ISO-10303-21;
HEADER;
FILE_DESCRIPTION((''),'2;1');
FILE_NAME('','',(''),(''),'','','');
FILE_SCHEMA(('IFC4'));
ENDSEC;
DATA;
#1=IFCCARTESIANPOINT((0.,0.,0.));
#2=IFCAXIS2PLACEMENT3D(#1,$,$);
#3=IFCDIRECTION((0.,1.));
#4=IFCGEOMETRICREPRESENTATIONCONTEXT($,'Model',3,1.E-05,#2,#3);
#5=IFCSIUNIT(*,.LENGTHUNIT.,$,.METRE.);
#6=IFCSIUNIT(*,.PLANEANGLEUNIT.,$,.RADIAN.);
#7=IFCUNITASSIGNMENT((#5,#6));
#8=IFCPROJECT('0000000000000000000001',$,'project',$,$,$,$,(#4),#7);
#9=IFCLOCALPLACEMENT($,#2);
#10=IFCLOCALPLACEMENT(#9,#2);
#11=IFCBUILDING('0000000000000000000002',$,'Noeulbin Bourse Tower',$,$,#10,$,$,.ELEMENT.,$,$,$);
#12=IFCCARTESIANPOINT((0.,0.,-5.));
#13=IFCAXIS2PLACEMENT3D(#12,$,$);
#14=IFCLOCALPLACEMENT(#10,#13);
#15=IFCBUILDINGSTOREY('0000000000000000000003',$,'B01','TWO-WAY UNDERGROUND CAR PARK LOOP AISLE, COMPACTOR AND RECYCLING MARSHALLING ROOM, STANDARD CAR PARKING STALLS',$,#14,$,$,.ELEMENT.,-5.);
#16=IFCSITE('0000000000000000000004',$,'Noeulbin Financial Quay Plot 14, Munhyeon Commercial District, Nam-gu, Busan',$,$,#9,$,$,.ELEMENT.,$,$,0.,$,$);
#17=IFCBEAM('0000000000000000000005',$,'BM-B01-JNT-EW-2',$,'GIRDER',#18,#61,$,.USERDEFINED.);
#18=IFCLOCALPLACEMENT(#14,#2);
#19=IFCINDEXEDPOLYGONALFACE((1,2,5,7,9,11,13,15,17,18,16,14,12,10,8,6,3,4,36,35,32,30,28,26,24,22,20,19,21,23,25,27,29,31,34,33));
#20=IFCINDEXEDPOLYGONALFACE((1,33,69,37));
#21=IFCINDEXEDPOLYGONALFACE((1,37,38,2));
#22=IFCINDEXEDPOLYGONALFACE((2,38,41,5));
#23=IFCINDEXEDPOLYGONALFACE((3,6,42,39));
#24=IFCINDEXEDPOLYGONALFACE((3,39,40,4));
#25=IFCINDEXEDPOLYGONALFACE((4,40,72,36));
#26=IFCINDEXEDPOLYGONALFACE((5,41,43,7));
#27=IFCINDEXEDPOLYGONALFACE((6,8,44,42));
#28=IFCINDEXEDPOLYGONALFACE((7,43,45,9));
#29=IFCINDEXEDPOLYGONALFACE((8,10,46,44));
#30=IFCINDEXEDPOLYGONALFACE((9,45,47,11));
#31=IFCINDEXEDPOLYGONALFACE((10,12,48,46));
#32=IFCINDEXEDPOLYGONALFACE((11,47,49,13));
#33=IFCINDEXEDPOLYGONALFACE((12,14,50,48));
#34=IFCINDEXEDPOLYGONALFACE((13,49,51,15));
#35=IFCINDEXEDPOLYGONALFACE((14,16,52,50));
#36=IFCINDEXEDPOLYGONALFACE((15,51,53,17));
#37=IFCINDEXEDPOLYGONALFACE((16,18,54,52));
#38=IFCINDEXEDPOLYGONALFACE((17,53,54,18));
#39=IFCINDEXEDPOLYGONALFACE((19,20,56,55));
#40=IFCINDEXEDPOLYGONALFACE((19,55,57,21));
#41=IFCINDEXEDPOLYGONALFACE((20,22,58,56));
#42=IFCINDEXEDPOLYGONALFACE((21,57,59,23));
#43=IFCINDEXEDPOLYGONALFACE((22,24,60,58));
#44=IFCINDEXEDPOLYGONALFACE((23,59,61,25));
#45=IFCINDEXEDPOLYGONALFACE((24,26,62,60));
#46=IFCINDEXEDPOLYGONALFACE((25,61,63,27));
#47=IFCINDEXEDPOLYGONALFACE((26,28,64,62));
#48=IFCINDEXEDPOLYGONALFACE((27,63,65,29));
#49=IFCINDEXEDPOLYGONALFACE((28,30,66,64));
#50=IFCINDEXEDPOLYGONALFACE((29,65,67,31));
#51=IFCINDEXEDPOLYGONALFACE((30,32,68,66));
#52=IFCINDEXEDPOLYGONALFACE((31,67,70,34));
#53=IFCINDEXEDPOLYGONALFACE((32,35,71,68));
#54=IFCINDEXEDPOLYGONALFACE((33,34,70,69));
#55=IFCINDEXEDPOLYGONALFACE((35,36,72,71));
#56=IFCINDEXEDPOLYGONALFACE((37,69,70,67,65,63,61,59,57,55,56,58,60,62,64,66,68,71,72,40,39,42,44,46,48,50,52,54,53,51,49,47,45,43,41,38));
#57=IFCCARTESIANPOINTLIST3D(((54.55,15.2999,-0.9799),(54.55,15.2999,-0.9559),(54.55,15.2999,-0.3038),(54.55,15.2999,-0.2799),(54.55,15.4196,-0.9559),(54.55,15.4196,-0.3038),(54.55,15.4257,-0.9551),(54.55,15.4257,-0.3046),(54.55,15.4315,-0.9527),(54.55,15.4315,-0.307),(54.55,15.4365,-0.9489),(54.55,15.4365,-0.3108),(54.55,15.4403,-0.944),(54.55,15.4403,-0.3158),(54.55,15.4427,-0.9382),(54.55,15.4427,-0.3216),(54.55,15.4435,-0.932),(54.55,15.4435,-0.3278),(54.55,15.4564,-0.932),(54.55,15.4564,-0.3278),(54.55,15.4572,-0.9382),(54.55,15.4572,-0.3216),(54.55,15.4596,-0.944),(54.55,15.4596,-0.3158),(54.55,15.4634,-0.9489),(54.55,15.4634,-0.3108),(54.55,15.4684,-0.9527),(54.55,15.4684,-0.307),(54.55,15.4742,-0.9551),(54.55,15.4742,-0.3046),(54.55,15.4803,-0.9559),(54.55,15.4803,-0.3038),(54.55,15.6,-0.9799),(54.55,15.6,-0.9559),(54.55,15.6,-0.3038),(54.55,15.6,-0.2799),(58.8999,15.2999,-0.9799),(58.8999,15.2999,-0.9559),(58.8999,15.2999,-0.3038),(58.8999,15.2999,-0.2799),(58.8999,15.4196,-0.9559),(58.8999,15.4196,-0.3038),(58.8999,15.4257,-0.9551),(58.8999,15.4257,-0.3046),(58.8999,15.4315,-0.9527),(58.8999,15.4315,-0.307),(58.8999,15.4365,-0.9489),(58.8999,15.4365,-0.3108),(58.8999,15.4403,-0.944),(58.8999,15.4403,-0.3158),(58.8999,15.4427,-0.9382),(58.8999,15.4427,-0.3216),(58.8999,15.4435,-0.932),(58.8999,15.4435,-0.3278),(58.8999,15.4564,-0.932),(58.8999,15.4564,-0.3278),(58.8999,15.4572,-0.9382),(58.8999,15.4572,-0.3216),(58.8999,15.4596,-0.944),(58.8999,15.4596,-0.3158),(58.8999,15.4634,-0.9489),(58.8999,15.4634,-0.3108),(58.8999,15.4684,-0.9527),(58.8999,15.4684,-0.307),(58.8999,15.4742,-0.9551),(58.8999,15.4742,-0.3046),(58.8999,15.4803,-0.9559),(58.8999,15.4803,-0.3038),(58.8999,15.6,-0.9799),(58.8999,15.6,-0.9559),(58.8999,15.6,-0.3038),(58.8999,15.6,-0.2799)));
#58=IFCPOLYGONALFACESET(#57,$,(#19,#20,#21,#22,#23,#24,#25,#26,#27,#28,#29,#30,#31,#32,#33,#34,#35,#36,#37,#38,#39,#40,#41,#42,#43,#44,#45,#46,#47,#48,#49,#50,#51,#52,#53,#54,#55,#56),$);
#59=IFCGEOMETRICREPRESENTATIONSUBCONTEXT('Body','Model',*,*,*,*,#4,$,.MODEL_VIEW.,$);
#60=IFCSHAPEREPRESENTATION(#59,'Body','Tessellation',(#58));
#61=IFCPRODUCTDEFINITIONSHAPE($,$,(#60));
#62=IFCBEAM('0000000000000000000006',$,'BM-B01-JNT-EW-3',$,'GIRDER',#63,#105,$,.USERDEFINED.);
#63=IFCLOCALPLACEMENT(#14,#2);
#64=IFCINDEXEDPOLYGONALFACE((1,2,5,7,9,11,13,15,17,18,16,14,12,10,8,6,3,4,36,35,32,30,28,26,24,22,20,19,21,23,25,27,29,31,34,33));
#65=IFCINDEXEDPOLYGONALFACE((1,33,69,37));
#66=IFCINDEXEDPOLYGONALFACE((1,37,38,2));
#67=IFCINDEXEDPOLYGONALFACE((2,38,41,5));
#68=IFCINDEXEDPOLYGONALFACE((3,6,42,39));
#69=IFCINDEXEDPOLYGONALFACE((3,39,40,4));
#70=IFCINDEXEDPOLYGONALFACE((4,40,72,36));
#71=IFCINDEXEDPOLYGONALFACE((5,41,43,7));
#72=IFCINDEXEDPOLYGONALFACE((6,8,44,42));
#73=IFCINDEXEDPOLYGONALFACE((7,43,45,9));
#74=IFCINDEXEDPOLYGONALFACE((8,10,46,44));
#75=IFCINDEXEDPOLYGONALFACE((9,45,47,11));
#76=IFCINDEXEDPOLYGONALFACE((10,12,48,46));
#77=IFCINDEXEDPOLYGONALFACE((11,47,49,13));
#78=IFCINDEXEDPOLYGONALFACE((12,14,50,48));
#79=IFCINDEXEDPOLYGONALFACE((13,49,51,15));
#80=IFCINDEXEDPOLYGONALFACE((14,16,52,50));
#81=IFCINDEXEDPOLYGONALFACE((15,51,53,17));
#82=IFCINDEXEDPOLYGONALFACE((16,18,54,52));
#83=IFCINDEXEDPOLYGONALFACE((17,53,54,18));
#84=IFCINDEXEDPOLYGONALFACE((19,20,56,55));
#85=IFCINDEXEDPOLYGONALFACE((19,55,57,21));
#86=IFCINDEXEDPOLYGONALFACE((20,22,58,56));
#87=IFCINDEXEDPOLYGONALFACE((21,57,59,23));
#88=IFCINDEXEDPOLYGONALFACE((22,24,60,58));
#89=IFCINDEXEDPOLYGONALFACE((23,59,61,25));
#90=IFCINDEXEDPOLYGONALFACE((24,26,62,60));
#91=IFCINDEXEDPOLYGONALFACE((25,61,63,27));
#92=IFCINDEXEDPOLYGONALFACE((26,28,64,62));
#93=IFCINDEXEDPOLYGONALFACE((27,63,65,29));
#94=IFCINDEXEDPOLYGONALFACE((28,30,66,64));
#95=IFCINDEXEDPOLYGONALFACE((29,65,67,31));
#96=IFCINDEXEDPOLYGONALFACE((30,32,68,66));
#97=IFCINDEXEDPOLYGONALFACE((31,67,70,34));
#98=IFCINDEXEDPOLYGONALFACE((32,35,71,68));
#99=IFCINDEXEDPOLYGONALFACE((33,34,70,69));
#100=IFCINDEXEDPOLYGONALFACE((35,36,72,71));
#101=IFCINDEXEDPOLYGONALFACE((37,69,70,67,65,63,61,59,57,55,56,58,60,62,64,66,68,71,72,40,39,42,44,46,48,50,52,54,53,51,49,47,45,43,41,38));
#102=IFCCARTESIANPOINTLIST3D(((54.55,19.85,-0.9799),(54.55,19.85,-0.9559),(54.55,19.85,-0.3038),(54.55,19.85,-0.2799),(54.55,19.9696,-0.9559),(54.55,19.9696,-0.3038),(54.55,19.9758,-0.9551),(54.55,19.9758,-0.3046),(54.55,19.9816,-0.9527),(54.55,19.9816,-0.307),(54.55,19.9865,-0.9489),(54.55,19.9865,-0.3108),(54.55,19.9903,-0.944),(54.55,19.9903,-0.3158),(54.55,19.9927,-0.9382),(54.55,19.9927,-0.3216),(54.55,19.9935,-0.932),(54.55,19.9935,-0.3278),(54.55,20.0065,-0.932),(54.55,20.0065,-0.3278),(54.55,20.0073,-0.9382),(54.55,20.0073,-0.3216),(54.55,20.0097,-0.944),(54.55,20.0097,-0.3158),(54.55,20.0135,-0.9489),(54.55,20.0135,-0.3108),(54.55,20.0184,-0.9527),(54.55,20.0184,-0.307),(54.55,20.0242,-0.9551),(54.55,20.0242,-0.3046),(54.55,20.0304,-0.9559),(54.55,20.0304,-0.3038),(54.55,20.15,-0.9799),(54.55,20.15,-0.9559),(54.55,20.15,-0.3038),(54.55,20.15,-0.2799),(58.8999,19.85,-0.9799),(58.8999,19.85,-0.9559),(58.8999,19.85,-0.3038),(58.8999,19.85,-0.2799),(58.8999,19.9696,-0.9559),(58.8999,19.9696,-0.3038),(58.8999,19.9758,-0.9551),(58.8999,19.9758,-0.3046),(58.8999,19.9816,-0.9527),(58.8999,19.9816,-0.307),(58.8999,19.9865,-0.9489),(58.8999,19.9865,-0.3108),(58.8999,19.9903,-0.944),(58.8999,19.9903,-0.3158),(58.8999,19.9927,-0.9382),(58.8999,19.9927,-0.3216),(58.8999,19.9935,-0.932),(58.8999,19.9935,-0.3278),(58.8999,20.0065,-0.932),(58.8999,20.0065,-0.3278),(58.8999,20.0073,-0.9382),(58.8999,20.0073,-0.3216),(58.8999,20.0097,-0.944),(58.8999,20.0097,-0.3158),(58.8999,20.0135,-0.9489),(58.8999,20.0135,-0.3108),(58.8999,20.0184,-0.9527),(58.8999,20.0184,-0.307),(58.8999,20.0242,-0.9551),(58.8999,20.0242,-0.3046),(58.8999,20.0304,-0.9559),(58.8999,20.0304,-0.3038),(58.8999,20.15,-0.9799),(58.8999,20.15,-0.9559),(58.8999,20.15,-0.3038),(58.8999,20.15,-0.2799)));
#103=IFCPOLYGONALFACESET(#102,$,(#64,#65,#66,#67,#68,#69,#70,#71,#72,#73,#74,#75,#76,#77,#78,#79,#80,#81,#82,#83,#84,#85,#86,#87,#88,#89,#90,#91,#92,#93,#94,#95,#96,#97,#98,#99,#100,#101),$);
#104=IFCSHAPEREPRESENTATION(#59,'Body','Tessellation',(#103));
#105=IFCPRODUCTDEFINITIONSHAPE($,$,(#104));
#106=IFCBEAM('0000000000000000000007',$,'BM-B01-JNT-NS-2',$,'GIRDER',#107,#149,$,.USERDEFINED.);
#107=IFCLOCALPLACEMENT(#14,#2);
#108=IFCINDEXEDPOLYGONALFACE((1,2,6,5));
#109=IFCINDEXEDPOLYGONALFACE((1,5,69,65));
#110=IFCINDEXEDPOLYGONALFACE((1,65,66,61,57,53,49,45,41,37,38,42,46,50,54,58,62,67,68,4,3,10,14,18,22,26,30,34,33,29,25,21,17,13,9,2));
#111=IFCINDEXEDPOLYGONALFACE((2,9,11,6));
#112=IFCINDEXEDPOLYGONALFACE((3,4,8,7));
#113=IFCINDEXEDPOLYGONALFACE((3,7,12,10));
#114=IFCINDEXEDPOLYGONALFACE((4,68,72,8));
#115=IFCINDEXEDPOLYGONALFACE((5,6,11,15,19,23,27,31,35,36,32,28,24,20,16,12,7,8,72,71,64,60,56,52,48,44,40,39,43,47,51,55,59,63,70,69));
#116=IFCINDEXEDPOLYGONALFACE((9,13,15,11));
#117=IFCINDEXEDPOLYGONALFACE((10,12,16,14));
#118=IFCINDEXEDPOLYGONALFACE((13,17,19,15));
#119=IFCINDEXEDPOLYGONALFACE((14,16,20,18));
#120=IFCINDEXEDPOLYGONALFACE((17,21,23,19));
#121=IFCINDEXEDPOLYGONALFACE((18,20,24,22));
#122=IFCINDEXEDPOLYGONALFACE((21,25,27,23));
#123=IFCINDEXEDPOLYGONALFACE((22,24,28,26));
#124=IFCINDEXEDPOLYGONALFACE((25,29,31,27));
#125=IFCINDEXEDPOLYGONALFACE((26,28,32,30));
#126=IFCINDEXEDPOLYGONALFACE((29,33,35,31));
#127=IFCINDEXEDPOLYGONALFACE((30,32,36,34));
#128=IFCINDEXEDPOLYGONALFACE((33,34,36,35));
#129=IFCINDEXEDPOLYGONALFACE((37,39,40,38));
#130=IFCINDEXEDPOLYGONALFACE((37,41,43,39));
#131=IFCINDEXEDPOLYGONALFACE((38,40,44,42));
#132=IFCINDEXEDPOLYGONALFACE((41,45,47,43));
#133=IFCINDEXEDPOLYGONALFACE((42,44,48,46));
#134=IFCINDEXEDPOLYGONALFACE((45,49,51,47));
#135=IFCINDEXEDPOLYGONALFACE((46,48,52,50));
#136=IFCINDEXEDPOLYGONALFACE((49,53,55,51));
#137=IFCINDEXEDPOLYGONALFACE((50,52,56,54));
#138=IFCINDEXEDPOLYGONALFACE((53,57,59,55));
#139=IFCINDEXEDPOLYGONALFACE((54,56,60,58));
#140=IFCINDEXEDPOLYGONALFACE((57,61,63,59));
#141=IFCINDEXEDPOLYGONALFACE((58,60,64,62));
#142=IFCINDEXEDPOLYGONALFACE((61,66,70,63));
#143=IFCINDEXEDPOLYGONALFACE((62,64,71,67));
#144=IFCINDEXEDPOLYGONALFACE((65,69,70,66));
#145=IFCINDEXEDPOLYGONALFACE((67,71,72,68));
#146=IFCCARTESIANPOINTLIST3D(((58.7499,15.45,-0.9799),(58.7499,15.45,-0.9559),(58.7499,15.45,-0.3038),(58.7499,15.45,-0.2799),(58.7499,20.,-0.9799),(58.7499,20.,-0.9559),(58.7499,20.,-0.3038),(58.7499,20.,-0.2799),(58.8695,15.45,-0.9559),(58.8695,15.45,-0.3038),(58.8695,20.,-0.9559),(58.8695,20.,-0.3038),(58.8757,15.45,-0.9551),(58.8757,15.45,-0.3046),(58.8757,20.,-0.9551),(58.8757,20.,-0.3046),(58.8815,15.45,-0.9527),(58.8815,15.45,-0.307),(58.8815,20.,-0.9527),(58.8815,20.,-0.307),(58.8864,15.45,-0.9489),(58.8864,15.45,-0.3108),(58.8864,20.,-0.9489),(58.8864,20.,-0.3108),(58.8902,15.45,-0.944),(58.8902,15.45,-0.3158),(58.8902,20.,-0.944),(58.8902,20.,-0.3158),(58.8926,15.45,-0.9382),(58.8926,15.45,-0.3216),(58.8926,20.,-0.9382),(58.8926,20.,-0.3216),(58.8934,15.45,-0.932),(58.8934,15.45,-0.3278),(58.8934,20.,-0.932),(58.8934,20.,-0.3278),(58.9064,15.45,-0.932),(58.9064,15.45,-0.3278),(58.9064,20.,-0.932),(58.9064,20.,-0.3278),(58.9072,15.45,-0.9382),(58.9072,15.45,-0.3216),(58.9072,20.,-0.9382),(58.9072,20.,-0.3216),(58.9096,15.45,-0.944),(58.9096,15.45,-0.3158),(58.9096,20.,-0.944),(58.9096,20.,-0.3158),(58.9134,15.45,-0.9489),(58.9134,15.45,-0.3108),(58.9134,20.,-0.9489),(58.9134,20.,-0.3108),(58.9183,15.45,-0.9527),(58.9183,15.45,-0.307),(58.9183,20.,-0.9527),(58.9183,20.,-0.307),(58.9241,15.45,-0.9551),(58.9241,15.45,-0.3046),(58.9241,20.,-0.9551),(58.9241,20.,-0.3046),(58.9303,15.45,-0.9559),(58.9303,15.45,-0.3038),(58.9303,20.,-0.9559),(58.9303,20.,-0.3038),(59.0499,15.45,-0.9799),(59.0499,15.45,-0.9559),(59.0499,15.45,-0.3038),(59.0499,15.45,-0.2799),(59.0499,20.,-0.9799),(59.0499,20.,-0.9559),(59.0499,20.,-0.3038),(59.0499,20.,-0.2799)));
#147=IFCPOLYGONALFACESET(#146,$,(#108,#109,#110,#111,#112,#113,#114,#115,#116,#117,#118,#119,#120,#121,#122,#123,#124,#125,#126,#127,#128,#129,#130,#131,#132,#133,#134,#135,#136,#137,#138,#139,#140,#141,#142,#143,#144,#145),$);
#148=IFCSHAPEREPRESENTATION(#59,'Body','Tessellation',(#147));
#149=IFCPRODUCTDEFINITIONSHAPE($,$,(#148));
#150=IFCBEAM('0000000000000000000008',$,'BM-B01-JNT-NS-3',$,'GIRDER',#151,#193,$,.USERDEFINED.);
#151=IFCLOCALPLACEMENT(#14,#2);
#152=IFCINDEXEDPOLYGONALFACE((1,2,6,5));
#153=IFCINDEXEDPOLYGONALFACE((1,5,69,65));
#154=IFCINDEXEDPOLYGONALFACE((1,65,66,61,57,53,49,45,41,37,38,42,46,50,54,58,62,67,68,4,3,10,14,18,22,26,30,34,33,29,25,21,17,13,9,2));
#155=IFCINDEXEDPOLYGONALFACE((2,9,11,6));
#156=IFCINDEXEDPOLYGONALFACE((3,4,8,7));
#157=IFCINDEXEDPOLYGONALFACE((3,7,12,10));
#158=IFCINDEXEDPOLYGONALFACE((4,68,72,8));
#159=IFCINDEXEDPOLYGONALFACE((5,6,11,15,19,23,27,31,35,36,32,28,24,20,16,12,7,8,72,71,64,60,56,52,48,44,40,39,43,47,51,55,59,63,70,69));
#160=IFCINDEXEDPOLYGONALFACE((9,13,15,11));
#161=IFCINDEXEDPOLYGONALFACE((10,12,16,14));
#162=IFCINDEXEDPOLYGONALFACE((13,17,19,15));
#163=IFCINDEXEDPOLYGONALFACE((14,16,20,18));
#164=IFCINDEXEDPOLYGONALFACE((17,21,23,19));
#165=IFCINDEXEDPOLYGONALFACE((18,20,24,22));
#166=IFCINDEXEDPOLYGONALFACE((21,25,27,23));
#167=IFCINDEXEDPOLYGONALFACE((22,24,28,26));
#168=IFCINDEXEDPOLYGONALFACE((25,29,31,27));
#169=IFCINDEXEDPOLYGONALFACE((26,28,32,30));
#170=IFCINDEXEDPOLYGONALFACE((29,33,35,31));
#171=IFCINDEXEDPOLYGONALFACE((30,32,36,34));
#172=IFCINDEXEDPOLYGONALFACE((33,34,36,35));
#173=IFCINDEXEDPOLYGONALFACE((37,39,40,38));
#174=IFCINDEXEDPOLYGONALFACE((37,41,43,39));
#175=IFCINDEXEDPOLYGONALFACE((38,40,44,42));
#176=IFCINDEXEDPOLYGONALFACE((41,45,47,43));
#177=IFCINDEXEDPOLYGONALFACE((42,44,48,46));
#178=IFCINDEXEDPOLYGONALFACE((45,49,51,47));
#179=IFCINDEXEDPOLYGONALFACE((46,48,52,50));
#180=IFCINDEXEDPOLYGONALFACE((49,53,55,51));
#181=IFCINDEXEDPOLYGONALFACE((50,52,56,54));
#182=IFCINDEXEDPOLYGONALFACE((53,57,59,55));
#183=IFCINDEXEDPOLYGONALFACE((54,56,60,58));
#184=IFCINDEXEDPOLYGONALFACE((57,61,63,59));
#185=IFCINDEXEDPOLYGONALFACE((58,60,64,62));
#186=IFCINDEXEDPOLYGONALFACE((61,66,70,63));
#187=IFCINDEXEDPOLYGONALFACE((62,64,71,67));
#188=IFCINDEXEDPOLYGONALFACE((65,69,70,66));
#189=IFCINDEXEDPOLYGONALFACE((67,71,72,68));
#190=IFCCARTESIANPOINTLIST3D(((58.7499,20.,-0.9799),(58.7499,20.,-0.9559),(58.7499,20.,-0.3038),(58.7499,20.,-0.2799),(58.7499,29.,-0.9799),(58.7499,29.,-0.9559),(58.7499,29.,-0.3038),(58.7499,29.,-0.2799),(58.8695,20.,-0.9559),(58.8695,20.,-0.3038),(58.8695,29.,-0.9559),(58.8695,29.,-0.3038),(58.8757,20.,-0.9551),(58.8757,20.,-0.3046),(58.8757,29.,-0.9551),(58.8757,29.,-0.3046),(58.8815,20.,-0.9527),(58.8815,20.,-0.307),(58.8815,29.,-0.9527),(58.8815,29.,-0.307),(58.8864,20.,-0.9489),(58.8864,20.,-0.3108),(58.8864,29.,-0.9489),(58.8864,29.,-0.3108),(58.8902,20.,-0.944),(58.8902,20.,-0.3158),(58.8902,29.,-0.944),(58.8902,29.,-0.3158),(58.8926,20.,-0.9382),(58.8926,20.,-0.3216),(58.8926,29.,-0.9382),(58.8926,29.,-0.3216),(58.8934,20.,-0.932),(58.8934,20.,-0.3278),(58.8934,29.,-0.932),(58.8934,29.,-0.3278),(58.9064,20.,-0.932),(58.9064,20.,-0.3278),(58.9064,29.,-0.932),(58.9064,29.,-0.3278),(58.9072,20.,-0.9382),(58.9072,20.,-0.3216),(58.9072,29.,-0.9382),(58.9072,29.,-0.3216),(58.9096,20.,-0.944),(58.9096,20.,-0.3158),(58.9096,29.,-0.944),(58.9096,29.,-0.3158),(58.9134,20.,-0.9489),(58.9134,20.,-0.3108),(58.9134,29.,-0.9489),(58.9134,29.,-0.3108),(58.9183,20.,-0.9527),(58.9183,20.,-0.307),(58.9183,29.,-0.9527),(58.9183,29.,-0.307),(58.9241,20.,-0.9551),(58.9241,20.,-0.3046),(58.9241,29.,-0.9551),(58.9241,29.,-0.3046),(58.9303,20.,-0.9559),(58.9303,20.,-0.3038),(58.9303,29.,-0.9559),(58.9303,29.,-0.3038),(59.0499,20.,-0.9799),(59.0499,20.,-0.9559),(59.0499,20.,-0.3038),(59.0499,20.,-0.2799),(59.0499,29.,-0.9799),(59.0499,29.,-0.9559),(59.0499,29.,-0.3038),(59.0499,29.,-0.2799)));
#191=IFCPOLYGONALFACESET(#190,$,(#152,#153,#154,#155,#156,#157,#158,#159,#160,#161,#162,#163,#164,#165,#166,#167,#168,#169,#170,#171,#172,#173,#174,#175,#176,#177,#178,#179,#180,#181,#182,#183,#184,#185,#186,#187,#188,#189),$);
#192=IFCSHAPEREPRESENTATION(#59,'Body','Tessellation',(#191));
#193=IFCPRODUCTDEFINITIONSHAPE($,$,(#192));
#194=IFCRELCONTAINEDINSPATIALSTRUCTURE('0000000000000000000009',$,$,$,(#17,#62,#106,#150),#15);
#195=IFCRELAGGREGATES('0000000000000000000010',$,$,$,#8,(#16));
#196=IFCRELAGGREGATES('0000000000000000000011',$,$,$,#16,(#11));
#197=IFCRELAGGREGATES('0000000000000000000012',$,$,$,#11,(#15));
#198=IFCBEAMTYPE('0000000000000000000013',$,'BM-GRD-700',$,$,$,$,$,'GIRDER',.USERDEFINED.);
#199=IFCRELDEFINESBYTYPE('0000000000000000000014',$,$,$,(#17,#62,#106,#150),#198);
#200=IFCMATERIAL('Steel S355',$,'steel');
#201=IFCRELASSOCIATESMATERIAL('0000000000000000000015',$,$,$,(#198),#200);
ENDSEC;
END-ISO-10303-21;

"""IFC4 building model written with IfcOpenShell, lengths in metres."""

from ifc_helpers import new_model, si_unit, direction, frame, origin, origin_2d, place, context, subcontext, project, spatial, i_section, extrude, material, material_profile, profile_set, type_object, element, save


model = new_model("IFC4")

# Units and contexts
model_context = context("Model", 3, precision=1e-05, world=origin(), true_north=direction((0.0, 1.0)))
body_context = subcontext(model_context, "Body", "Model", "MODEL_VIEW")
ifc_project = project(units=[si_unit("LENGTHUNIT", "METRE"), si_unit("PLANEANGLEUNIT", "RADIAN")], contexts=[model_context])

# Site, building, storey
site_placement = place(None, origin())
site = spatial("IfcSite", under=ifc_project, at=site_placement, Name="Noeulbin Financial Quay Plot 14, Munhyeon Commercial District, Nam-gu, Busan", CompositionType="ELEMENT", RefElevation=0.0)
building_placement = place(site_placement, origin())
building = spatial("IfcBuilding", under=site, at=building_placement, Name="Noeulbin Bourse Tower", CompositionType="ELEMENT")
storey_placement = place(building_placement, frame((0.0, 0.0, -5.0)))
storey = spatial("IfcBuildingStorey", under=building, at=storey_placement, Name="B01", Description="TWO-WAY UNDERGROUND CAR PARK LOOP AISLE, COMPACTOR AND RECYCLING MARSHALLING ROOM, STANDARD CAR PARKING STALLS", CompositionType="ELEMENT", Elevation=-5.0)

# Beams
ifc_material_1 = material(Name="Steel S355", Category="steel")
ifc_material_profile_1 = material_profile(ifc_material_1, i_section(OverallWidth=0.3, OverallDepth=0.7, WebThickness=0.0129, FlangeThickness=0.0239, FilletRadius=0.0239, at=origin_2d()), Name="H-700x300x13x24", Category="LoadBearing")
ifc_profile_set_1 = profile_set([ifc_material_profile_1], Name="Steel S355")
beam_type_1 = type_object("IfcBeamType", Name="BM-GRD-700", ElementType="GIRDER", PredefinedType="USERDEFINED", material=ifc_profile_set_1)
for number, where, z_axis, x_axis, name in (
    (1, (54.55, 15.45, -0.6299), (1.0, 0.0, 0.0), (0.0, 1.0, 0.0), "BM-B01-JNT-EW-2"),
    (2, (54.55, 20.0, -0.6299), (1.0, 0.0, 0.0), (0.0, 1.0, 0.0), "BM-B01-JNT-EW-3"),
):
    element("IfcBeam", number, at=place(storey_placement, frame(where, z_axis=z_axis, x_axis=x_axis)), inside=storey, type_object=beam_type_1, Name=name, ObjectType="GIRDER", PredefinedType="USERDEFINED", context=body_context, shape_type="SweptSolid", body=[
        extrude(i_section(OverallWidth=0.3, OverallDepth=0.7, WebThickness=0.0129, FlangeThickness=0.0239, FilletRadius=0.0239, at=origin_2d()), origin(), (0.0, 0.0, 1.0), 4.3499),
    ])
beam_1_placement = place(storey_placement, frame((58.8999, 15.45, -0.6299), z_axis=(0.0, 1.0, 0.0), x_axis=(-1.0, 0.0, 0.0)))
element("IfcBeam", 3, at=beam_1_placement, inside=storey, type_object=beam_type_1, Name="BM-B01-JNT-NS-2", ObjectType="GIRDER", PredefinedType="USERDEFINED", context=body_context, shape_type="SweptSolid", body=[
    extrude(i_section(OverallWidth=0.3, OverallDepth=0.7, WebThickness=0.0129, FlangeThickness=0.0239, FilletRadius=0.0239, at=origin_2d()), origin(), (0.0, 0.0, 1.0), 4.55),
])
beam_2_placement = place(storey_placement, frame((58.8999, 20.0, -0.6299), z_axis=(0.0, 1.0, 0.0), x_axis=(-1.0, 0.0, 0.0)))
element("IfcBeam", 4, at=beam_2_placement, inside=storey, type_object=beam_type_1, Name="BM-B01-JNT-NS-3", ObjectType="GIRDER", PredefinedType="USERDEFINED", context=body_context, shape_type="SweptSolid", body=[
    extrude(i_section(OverallWidth=0.3, OverallDepth=0.7, WebThickness=0.0129, FlangeThickness=0.0239, FilletRadius=0.0239, at=origin_2d()), origin(), (0.0, 0.0, 1.0), 9.0),
])

save(model, "model.ifc")
